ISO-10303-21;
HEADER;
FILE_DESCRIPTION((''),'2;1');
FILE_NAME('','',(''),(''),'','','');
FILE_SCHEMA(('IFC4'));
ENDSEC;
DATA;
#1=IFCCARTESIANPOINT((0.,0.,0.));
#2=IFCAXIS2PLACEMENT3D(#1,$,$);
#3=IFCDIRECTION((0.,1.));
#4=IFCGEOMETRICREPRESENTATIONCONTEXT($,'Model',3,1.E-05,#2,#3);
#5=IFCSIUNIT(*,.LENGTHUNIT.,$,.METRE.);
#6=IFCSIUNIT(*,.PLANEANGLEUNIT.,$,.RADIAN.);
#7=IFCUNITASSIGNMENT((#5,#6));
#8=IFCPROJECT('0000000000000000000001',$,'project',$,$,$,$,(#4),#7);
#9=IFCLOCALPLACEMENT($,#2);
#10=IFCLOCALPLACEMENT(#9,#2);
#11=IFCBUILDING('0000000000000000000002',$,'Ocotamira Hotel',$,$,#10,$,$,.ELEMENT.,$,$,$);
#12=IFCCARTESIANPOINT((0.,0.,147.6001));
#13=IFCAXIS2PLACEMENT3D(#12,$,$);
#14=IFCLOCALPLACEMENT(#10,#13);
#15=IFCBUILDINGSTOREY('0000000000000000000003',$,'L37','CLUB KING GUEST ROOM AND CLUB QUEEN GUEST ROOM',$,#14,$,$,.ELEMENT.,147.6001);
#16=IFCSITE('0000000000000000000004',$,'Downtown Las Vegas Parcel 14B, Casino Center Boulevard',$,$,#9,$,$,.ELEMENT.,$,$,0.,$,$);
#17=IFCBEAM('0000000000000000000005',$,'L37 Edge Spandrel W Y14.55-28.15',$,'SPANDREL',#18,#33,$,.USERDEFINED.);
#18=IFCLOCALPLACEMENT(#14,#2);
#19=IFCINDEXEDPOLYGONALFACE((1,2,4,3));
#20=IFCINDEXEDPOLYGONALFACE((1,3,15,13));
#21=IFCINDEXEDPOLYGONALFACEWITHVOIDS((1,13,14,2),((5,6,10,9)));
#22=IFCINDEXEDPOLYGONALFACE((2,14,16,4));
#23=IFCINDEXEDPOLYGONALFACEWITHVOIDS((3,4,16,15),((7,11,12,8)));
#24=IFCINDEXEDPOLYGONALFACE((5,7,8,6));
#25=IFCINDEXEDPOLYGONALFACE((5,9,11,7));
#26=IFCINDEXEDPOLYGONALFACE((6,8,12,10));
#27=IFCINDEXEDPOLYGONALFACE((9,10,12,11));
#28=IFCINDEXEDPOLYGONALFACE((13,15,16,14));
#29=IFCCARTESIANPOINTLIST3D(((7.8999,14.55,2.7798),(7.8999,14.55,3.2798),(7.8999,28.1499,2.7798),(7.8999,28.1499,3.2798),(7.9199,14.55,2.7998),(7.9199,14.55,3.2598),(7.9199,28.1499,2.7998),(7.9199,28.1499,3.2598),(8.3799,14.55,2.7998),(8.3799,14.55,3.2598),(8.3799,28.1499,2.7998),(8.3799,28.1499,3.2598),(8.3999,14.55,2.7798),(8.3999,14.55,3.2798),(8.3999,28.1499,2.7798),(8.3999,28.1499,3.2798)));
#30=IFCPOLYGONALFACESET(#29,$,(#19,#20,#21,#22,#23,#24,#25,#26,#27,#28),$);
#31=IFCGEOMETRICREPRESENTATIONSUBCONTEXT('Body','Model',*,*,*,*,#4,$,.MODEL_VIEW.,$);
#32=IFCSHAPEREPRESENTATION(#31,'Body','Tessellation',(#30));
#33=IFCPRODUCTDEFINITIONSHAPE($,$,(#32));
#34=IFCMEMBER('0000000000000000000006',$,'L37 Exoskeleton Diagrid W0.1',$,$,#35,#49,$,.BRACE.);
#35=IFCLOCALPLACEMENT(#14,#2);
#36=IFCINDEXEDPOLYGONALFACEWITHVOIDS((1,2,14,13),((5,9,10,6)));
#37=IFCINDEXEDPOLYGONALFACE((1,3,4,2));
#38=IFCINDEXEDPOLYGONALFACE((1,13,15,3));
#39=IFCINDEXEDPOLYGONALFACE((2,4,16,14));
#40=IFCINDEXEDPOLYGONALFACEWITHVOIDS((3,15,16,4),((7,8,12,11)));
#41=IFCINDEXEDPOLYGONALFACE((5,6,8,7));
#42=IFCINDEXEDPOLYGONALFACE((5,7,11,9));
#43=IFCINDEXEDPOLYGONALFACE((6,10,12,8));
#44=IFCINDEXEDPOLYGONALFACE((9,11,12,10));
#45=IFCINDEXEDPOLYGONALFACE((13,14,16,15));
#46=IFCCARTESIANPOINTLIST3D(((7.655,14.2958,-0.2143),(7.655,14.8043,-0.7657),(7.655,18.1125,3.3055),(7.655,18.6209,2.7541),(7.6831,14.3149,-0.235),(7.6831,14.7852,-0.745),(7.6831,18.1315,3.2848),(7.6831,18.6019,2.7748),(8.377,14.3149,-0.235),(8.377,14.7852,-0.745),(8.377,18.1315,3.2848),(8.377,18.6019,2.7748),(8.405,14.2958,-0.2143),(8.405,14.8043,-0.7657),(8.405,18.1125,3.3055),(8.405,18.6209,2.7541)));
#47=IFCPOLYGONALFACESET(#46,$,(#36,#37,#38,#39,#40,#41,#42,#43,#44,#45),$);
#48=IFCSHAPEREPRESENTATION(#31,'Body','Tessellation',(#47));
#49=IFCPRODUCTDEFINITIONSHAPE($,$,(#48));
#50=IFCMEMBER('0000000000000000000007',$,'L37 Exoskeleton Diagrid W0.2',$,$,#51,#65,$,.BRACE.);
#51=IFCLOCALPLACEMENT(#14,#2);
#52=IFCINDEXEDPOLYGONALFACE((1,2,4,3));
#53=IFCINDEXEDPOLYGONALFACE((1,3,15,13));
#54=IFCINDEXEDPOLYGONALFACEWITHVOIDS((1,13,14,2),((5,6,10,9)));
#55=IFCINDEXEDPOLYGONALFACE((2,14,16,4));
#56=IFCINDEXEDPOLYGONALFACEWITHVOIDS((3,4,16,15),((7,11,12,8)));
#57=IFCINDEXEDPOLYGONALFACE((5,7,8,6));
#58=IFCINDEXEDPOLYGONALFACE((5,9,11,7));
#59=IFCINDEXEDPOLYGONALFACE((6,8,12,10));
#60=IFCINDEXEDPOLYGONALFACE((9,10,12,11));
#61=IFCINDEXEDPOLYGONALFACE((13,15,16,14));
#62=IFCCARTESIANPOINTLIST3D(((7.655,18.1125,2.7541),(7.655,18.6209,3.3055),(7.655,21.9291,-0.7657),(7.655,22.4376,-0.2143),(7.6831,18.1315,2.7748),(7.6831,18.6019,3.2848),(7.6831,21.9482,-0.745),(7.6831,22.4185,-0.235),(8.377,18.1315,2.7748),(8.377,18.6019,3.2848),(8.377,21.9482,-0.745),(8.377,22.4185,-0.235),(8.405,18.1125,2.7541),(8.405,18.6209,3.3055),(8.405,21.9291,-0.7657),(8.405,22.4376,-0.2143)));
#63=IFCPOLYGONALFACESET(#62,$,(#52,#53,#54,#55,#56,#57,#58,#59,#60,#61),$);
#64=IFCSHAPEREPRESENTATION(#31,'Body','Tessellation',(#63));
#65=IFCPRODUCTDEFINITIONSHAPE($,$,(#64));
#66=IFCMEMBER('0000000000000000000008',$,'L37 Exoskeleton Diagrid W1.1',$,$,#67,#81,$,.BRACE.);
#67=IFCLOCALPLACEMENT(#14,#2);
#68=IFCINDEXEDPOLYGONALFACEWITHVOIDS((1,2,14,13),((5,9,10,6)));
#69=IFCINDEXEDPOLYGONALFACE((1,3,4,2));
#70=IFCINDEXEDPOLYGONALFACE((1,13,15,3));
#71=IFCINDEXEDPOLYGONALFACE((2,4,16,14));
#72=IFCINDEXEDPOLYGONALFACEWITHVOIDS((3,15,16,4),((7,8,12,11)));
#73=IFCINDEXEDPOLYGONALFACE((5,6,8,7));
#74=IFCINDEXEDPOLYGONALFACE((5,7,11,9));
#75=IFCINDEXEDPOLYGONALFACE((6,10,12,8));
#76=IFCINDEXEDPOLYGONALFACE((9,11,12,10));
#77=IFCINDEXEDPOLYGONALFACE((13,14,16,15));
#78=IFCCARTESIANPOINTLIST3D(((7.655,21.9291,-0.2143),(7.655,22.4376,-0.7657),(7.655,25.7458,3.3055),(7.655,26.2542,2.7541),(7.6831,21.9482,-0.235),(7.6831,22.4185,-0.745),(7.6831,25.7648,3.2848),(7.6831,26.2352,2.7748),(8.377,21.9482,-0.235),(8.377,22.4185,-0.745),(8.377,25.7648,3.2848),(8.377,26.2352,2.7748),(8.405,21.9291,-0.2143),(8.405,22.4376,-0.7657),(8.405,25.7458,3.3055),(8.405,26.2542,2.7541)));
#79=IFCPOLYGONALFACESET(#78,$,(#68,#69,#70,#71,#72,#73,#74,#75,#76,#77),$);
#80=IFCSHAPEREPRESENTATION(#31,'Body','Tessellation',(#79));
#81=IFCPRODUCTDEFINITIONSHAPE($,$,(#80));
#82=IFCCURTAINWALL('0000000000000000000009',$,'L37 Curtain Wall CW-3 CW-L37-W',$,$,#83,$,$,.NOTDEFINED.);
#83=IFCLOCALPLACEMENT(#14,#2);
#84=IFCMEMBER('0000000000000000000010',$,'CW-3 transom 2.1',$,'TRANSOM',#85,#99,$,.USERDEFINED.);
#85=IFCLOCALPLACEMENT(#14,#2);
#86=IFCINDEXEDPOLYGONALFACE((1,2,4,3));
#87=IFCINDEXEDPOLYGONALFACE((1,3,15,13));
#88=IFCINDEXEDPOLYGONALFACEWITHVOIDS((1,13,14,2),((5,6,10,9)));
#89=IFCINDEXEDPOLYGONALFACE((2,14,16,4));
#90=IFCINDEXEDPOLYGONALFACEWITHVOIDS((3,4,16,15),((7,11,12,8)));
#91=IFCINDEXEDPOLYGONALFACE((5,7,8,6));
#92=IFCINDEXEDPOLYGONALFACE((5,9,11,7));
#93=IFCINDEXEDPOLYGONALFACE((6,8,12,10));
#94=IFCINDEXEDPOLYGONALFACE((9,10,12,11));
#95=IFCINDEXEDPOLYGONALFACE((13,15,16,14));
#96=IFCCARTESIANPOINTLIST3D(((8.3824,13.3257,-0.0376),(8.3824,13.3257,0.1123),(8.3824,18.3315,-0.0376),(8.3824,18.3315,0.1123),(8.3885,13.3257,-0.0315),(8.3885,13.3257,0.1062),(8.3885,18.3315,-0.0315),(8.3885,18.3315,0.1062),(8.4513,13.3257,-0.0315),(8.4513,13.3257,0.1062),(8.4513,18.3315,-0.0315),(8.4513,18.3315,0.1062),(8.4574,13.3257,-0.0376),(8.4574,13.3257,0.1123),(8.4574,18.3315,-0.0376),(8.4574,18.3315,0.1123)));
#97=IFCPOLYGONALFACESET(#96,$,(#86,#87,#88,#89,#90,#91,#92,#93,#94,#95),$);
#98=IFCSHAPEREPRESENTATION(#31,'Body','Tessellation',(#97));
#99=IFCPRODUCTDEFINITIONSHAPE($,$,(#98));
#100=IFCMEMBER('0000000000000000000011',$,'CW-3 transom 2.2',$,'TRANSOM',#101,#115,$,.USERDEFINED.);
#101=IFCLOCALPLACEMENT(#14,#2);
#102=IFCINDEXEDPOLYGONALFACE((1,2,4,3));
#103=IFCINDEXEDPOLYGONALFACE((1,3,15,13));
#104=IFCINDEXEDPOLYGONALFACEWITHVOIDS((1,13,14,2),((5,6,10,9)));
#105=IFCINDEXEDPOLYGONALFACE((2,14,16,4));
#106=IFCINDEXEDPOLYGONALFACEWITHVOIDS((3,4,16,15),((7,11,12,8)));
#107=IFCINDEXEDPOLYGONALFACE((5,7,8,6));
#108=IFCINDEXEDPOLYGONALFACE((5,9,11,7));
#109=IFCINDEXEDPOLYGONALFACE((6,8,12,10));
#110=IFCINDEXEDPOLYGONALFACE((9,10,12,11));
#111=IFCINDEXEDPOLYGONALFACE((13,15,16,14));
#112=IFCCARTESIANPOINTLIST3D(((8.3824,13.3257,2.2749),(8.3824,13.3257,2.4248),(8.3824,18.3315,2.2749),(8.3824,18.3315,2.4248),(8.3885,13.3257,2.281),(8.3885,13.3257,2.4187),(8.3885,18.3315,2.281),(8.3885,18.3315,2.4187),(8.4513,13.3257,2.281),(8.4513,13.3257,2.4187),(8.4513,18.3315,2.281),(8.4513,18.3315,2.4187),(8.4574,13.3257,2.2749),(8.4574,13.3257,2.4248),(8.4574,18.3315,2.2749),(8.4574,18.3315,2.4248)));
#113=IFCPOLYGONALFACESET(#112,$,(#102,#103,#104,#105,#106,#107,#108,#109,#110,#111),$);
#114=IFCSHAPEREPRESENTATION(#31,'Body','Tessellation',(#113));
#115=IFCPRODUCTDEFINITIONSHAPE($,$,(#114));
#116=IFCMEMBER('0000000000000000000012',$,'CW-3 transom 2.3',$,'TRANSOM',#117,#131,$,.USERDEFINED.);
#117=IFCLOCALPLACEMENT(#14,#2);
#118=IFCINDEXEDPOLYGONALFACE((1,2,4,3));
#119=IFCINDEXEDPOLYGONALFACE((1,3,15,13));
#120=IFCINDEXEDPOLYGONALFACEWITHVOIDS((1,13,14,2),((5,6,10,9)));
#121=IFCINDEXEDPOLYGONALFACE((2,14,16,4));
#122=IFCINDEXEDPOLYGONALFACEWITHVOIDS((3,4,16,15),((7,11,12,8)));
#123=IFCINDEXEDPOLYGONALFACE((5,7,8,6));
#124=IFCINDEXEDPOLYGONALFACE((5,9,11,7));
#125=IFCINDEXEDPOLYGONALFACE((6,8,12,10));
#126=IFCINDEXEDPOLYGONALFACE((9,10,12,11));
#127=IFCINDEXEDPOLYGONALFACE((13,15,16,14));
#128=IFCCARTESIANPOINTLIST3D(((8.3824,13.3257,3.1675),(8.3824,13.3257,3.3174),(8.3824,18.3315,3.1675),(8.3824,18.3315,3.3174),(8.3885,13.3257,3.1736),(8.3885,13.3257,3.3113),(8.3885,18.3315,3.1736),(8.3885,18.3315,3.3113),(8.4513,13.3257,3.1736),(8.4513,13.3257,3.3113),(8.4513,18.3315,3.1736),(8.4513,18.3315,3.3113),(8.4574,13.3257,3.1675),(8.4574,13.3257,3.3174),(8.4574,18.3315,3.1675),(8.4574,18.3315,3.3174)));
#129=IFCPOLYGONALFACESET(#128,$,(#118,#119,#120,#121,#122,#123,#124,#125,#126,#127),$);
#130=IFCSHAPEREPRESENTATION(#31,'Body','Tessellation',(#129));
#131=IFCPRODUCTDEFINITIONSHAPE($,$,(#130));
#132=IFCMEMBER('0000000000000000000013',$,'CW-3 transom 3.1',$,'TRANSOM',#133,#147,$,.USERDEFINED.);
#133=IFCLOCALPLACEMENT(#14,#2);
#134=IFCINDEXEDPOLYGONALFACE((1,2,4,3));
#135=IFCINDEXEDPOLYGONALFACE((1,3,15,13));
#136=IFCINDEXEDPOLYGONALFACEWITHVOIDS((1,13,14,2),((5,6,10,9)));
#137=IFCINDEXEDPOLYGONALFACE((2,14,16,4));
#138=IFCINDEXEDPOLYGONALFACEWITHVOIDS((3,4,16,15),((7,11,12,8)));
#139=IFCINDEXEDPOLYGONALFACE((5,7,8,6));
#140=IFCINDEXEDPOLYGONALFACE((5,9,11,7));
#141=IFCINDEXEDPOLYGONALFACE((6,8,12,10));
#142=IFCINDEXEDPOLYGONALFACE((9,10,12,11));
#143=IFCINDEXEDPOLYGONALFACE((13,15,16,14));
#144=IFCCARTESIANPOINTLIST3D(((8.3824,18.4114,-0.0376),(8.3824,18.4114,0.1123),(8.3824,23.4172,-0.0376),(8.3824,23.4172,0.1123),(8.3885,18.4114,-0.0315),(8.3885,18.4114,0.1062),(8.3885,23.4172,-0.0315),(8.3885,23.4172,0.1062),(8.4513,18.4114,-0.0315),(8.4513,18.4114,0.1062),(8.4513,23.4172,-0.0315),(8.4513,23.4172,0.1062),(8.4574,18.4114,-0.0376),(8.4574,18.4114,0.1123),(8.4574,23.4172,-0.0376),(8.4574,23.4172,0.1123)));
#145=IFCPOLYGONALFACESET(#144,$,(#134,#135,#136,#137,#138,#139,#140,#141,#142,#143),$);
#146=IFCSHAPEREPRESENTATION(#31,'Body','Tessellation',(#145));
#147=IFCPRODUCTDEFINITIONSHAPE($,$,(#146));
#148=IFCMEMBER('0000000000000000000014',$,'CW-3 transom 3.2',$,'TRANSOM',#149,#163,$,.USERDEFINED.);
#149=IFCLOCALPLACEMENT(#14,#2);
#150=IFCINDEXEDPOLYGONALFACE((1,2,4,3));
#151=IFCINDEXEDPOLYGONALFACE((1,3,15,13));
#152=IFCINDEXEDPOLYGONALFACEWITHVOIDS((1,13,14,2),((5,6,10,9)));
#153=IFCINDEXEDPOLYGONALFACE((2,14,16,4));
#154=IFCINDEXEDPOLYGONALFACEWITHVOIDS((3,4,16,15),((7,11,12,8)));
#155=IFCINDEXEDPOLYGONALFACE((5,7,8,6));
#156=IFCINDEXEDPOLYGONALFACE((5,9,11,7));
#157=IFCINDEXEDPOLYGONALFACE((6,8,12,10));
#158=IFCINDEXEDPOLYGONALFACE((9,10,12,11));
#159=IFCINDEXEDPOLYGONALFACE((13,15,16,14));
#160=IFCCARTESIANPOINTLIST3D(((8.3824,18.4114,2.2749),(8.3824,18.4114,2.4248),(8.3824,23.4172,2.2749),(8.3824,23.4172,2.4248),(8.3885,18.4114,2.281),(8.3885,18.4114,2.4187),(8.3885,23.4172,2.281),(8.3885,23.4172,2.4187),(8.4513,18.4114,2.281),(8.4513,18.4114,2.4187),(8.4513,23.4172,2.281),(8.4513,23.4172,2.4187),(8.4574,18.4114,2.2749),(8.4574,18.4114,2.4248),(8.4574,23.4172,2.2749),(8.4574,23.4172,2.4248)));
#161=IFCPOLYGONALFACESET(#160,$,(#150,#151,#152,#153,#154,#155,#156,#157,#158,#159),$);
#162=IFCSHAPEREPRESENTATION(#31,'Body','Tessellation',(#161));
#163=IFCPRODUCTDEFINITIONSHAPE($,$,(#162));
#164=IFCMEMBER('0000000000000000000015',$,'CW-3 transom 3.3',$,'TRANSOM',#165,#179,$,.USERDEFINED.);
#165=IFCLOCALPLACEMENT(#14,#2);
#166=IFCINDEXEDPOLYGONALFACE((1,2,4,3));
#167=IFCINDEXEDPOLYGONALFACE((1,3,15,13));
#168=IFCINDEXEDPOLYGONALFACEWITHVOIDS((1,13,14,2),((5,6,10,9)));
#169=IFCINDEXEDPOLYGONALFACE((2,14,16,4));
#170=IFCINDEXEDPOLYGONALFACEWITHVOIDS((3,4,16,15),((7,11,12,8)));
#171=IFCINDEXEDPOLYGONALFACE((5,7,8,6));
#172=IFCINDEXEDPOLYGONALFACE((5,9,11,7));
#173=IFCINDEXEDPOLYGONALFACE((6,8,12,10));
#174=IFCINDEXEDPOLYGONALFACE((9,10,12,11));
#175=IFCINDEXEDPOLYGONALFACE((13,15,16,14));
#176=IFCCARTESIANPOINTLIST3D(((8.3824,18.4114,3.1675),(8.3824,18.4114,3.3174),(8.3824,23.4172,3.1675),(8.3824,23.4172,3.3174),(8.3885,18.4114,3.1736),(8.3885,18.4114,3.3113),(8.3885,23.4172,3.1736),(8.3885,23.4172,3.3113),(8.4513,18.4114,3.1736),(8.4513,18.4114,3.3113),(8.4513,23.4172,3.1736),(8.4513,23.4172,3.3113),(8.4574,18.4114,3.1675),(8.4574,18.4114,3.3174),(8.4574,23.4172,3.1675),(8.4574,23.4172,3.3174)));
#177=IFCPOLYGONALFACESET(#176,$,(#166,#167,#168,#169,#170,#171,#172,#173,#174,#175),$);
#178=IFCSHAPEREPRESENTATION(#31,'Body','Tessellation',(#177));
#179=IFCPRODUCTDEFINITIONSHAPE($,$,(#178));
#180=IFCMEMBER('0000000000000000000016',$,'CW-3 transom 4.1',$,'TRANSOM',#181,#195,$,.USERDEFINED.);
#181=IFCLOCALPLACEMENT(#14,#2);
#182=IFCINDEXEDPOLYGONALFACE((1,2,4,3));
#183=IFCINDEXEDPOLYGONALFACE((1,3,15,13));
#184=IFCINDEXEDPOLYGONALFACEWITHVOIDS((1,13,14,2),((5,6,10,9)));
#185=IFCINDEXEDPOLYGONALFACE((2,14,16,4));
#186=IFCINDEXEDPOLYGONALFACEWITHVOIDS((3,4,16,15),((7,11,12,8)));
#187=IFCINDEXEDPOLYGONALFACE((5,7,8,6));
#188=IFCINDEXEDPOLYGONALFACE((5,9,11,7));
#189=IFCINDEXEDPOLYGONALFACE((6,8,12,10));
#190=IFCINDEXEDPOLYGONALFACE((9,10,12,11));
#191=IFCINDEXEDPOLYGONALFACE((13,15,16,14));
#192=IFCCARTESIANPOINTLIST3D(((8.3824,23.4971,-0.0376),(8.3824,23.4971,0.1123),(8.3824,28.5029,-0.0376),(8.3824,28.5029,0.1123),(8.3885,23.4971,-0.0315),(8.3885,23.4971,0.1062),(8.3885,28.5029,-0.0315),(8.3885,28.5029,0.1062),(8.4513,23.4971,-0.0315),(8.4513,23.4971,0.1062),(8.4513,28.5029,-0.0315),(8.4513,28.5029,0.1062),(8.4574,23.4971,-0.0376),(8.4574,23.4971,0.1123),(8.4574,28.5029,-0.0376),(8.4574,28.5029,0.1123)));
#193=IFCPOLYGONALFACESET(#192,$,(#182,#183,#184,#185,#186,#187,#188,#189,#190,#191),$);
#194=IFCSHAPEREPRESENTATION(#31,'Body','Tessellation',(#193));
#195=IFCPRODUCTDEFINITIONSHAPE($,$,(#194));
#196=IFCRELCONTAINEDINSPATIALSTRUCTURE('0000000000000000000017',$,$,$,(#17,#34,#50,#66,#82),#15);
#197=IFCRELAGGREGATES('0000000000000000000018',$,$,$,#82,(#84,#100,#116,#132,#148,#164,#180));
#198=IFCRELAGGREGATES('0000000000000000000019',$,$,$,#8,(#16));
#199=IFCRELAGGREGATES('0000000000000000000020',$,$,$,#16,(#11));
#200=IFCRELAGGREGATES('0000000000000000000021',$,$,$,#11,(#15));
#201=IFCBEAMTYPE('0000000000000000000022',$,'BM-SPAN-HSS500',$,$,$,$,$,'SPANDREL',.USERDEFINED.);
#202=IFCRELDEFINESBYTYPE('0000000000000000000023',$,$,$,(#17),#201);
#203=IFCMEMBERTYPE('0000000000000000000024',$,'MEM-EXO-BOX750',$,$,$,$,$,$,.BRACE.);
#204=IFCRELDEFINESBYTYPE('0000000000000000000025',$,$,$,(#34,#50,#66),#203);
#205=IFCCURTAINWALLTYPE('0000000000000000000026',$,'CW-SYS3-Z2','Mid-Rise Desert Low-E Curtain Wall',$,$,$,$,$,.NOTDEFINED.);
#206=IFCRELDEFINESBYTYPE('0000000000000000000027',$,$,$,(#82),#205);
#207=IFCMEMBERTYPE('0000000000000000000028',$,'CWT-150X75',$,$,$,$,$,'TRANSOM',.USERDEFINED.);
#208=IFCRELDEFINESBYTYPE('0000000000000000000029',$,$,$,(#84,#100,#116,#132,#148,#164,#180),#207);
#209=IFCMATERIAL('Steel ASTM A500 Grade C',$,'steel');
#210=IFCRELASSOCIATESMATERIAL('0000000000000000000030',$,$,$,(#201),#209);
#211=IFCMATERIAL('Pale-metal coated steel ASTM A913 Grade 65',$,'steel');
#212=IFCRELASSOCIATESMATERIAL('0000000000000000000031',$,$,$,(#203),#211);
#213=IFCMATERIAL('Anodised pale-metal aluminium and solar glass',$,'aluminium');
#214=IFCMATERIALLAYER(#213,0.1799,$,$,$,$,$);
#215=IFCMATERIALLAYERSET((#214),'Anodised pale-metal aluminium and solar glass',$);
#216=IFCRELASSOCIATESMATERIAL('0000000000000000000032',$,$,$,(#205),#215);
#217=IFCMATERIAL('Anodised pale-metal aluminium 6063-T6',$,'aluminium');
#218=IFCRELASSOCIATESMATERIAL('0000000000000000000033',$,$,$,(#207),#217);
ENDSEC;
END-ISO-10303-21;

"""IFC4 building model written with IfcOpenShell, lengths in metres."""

from ifc_helpers import new_model, si_unit, direction, frame, origin, origin_2d, place, context, subcontext, project, spatial, hollow_rectangle, extrude, source, transform, mapped, material, layer, layer_set, material_profile, profile_set, type_object, element, aggregate, save


model = new_model("IFC4")

# Units and contexts
model_context = context("Model", 3, precision=1e-05, world=origin(), true_north=direction((0.0, 1.0)))
body_context = subcontext(model_context, "Body", "Model", "MODEL_VIEW")
ifc_project = project(units=[si_unit("LENGTHUNIT", "METRE"), si_unit("PLANEANGLEUNIT", "RADIAN")], contexts=[model_context])

# Site, building, storey
site_placement = place(None, origin())
site = spatial("IfcSite", under=ifc_project, at=site_placement, Name="Downtown Las Vegas Parcel 14B, Casino Center Boulevard", CompositionType="ELEMENT", RefElevation=0.0)
building_placement = place(site_placement, origin())
building = spatial("IfcBuilding", under=site, at=building_placement, Name="Ocotamira Hotel", CompositionType="ELEMENT")
storey_placement = place(building_placement, frame((0.0, 0.0, 147.6001)))
storey = spatial("IfcBuildingStorey", under=building, at=storey_placement, Name="L37", Description="CLUB KING GUEST ROOM AND CLUB QUEEN GUEST ROOM", CompositionType="ELEMENT", Elevation=147.6001)

# Beam
ifc_material_1 = material(Name="Steel ASTM A500 Grade C", Category="steel")
ifc_material_profile_1 = material_profile(ifc_material_1, hollow_rectangle(XDim=0.5, YDim=0.5, WallThickness=0.02, at=origin_2d()), Name="HSS500X500X20")
ifc_profile_set_1 = profile_set([ifc_material_profile_1], Name="Steel ASTM A500 Grade C")
beam_type_1 = type_object("IfcBeamType", Name="BM-SPAN-HSS500", ElementType="SPANDREL", PredefinedType="USERDEFINED", material=ifc_profile_set_1)
shared_shape_1 = source(origin(), body_context, "Body", "SweptSolid", [
    extrude(hollow_rectangle(XDim=0.5, YDim=0.5, WallThickness=0.02, at=origin_2d()), origin(), (0.0, 0.0, 1.0), 13.5999),
])
beam_1_placement = place(storey_placement, frame((8.1499, 14.55, 3.0298), z_axis=(0.0, 1.0, 0.0), x_axis=(-1.0, 0.0, 0.0)))
element("IfcBeam", 1, at=beam_1_placement, inside=storey, type_object=beam_type_1, Name="L37 Edge Spandrel W Y14.55-28.15", ObjectType="SPANDREL", PredefinedType="USERDEFINED", context=body_context, shape_type="MappedRepresentation", body=[
    mapped(shared_shape_1, transform((0.0, 0.0, 0.0), scale=1.0)),
])

# Members
ifc_material_2 = material(Name="Pale-metal coated steel ASTM A913 Grade 65", Category="steel")
ifc_material_profile_2 = material_profile(ifc_material_2, hollow_rectangle(XDim=0.75, YDim=0.75, WallThickness=0.0281, at=origin_2d()), Name="BOX750X750X28")
ifc_profile_set_2 = profile_set([ifc_material_profile_2], Name="Pale-metal coated steel ASTM A913 Grade 65")
member_type_1 = type_object("IfcMemberType", Name="MEM-EXO-BOX750", PredefinedType="BRACE", material=ifc_profile_set_2)
shared_shape_2 = source(origin(), body_context, "Body", "SweptSolid", [
    extrude(hollow_rectangle(XDim=0.75, YDim=0.75, WallThickness=0.0281, at=origin_2d()), origin(), (0.0, 0.0, 1.0), 5.1919),
])
for number, where, z_axis, x_axis, name in (
    (2, (8.03, 14.55, -0.49), (0.0, 0.735119, 0.677938), (-1.0, 0.0, 0.0), "L37 Exoskeleton Diagrid W0.1"),
    (3, (8.03, 22.1833, -0.49), (0.0, -0.735119, 0.677938), (1.0, 0.0, 0.0), "L37 Exoskeleton Diagrid W0.2"),
    (4, (8.03, 22.1833, -0.49), (0.0, 0.735119, 0.677938), (-1.0, 0.0, 0.0), "L37 Exoskeleton Diagrid W1.1"),
):
    element("IfcMember", number, at=place(storey_placement, frame(where, z_axis=z_axis, x_axis=x_axis)), inside=storey, type_object=member_type_1, Name=name, PredefinedType="BRACE", context=body_context, shape_type="MappedRepresentation", body=[
        mapped(shared_shape_2, transform((0.0, 0.0, 0.0), scale=1.0)),
    ])

# Curtain wall, members
ifc_material_3 = material(Name="Anodised pale-metal aluminium and solar glass", Category="aluminium")
ifc_layer_1 = layer(ifc_material_3, 0.1799)
ifc_layer_set_1 = layer_set([ifc_layer_1], Name="Anodised pale-metal aluminium and solar glass")
curtain_wall_type = type_object("IfcCurtainWallType", Name="CW-SYS3-Z2", Description="Mid-Rise Desert Low-E Curtain Wall", PredefinedType="NOTDEFINED", material=ifc_layer_set_1)
curtain_wall_placement = place(storey_placement, origin())
curtain_wall = element("IfcCurtainWall", 5, at=curtain_wall_placement, inside=storey, type_object=curtain_wall_type, Name="L37 Curtain Wall CW-3 CW-L37-W", PredefinedType="NOTDEFINED")
ifc_material_4 = material(Name="Anodised pale-metal aluminium 6063-T6", Category="aluminium")
ifc_material_profile_3 = material_profile(ifc_material_4, hollow_rectangle(XDim=0.075, YDim=0.1499, WallThickness=0.0061, at=origin_2d()), Name="HSS150X75X6")
ifc_profile_set_3 = profile_set([ifc_material_profile_3], Name="Anodised pale-metal aluminium 6063-T6")
member_type_2 = type_object("IfcMemberType", Name="CWT-150X75", ElementType="TRANSOM", PredefinedType="USERDEFINED", material=ifc_profile_set_3)
shared_shape_3 = source(origin(), body_context, "Body", "SweptSolid", [
    extrude(hollow_rectangle(XDim=0.075, YDim=0.1499, WallThickness=0.0061, at=origin_2d()), origin(), (0.0, 0.0, 1.0), 5.0059),
])
member_1_placement = place(storey_placement, frame((8.4199, 13.3257, 0.0374), z_axis=(0.0, 1.0, 0.0), x_axis=(-1.0, 0.0, 0.0)))
member_1 = element("IfcMember", 6, at=member_1_placement, type_object=member_type_2, Name="CW-3 transom 2.1", ObjectType="TRANSOM", PredefinedType="USERDEFINED", context=body_context, shape_type="MappedRepresentation", body=[
    mapped(shared_shape_3, transform((0.0, 0.0, 0.0), scale=1.0)),
])
member_2_placement = place(storey_placement, frame((8.4199, 13.3257, 2.3499), z_axis=(0.0, 1.0, 0.0), x_axis=(-1.0, 0.0, 0.0)))
member_2 = element("IfcMember", 7, at=member_2_placement, type_object=member_type_2, Name="CW-3 transom 2.2", ObjectType="TRANSOM", PredefinedType="USERDEFINED", context=body_context, shape_type="MappedRepresentation", body=[
    mapped(shared_shape_3, transform((0.0, 0.0, 0.0), scale=1.0)),
])
member_3_placement = place(storey_placement, frame((8.4199, 13.3257, 3.2424), z_axis=(0.0, 1.0, 0.0), x_axis=(-1.0, 0.0, 0.0)))
member_3 = element("IfcMember", 8, at=member_3_placement, type_object=member_type_2, Name="CW-3 transom 2.3", ObjectType="TRANSOM", PredefinedType="USERDEFINED", context=body_context, shape_type="MappedRepresentation", body=[
    mapped(shared_shape_3, transform((0.0, 0.0, 0.0), scale=1.0)),
])
member_4_placement = place(storey_placement, frame((8.4199, 18.4114, 0.0374), z_axis=(0.0, 1.0, 0.0), x_axis=(-1.0, 0.0, 0.0)))
member_4 = element("IfcMember", 9, at=member_4_placement, type_object=member_type_2, Name="CW-3 transom 3.1", ObjectType="TRANSOM", PredefinedType="USERDEFINED", context=body_context, shape_type="MappedRepresentation", body=[
    mapped(shared_shape_3, transform((0.0, 0.0, 0.0), scale=1.0)),
])
member_5_placement = place(storey_placement, frame((8.4199, 18.4114, 2.3499), z_axis=(0.0, 1.0, 0.0), x_axis=(-1.0, 0.0, 0.0)))
member_5 = element("IfcMember", 10, at=member_5_placement, type_object=member_type_2, Name="CW-3 transom 3.2", ObjectType="TRANSOM", PredefinedType="USERDEFINED", context=body_context, shape_type="MappedRepresentation", body=[
    mapped(shared_shape_3, transform((0.0, 0.0, 0.0), scale=1.0)),
])
member_6_placement = place(storey_placement, frame((8.4199, 18.4114, 3.2424), z_axis=(0.0, 1.0, 0.0), x_axis=(-1.0, 0.0, 0.0)))
member_6 = element("IfcMember", 11, at=member_6_placement, type_object=member_type_2, Name="CW-3 transom 3.3", ObjectType="TRANSOM", PredefinedType="USERDEFINED", context=body_context, shape_type="MappedRepresentation", body=[
    mapped(shared_shape_3, transform((0.0, 0.0, 0.0), scale=1.0)),
])
member_7_placement = place(storey_placement, frame((8.4199, 23.4971, 0.0374), z_axis=(0.0, 1.0, 0.0), x_axis=(-1.0, 0.0, 0.0)))
member_7 = element("IfcMember", 12, at=member_7_placement, type_object=member_type_2, Name="CW-3 transom 4.1", ObjectType="TRANSOM", PredefinedType="USERDEFINED", context=body_context, shape_type="MappedRepresentation", body=[
    mapped(shared_shape_3, transform((0.0, 0.0, 0.0), scale=1.0)),
])

aggregate(curtain_wall, [member_1, member_2, member_3, member_4, member_5, member_6, member_7])

save(model, "model.ifc")
